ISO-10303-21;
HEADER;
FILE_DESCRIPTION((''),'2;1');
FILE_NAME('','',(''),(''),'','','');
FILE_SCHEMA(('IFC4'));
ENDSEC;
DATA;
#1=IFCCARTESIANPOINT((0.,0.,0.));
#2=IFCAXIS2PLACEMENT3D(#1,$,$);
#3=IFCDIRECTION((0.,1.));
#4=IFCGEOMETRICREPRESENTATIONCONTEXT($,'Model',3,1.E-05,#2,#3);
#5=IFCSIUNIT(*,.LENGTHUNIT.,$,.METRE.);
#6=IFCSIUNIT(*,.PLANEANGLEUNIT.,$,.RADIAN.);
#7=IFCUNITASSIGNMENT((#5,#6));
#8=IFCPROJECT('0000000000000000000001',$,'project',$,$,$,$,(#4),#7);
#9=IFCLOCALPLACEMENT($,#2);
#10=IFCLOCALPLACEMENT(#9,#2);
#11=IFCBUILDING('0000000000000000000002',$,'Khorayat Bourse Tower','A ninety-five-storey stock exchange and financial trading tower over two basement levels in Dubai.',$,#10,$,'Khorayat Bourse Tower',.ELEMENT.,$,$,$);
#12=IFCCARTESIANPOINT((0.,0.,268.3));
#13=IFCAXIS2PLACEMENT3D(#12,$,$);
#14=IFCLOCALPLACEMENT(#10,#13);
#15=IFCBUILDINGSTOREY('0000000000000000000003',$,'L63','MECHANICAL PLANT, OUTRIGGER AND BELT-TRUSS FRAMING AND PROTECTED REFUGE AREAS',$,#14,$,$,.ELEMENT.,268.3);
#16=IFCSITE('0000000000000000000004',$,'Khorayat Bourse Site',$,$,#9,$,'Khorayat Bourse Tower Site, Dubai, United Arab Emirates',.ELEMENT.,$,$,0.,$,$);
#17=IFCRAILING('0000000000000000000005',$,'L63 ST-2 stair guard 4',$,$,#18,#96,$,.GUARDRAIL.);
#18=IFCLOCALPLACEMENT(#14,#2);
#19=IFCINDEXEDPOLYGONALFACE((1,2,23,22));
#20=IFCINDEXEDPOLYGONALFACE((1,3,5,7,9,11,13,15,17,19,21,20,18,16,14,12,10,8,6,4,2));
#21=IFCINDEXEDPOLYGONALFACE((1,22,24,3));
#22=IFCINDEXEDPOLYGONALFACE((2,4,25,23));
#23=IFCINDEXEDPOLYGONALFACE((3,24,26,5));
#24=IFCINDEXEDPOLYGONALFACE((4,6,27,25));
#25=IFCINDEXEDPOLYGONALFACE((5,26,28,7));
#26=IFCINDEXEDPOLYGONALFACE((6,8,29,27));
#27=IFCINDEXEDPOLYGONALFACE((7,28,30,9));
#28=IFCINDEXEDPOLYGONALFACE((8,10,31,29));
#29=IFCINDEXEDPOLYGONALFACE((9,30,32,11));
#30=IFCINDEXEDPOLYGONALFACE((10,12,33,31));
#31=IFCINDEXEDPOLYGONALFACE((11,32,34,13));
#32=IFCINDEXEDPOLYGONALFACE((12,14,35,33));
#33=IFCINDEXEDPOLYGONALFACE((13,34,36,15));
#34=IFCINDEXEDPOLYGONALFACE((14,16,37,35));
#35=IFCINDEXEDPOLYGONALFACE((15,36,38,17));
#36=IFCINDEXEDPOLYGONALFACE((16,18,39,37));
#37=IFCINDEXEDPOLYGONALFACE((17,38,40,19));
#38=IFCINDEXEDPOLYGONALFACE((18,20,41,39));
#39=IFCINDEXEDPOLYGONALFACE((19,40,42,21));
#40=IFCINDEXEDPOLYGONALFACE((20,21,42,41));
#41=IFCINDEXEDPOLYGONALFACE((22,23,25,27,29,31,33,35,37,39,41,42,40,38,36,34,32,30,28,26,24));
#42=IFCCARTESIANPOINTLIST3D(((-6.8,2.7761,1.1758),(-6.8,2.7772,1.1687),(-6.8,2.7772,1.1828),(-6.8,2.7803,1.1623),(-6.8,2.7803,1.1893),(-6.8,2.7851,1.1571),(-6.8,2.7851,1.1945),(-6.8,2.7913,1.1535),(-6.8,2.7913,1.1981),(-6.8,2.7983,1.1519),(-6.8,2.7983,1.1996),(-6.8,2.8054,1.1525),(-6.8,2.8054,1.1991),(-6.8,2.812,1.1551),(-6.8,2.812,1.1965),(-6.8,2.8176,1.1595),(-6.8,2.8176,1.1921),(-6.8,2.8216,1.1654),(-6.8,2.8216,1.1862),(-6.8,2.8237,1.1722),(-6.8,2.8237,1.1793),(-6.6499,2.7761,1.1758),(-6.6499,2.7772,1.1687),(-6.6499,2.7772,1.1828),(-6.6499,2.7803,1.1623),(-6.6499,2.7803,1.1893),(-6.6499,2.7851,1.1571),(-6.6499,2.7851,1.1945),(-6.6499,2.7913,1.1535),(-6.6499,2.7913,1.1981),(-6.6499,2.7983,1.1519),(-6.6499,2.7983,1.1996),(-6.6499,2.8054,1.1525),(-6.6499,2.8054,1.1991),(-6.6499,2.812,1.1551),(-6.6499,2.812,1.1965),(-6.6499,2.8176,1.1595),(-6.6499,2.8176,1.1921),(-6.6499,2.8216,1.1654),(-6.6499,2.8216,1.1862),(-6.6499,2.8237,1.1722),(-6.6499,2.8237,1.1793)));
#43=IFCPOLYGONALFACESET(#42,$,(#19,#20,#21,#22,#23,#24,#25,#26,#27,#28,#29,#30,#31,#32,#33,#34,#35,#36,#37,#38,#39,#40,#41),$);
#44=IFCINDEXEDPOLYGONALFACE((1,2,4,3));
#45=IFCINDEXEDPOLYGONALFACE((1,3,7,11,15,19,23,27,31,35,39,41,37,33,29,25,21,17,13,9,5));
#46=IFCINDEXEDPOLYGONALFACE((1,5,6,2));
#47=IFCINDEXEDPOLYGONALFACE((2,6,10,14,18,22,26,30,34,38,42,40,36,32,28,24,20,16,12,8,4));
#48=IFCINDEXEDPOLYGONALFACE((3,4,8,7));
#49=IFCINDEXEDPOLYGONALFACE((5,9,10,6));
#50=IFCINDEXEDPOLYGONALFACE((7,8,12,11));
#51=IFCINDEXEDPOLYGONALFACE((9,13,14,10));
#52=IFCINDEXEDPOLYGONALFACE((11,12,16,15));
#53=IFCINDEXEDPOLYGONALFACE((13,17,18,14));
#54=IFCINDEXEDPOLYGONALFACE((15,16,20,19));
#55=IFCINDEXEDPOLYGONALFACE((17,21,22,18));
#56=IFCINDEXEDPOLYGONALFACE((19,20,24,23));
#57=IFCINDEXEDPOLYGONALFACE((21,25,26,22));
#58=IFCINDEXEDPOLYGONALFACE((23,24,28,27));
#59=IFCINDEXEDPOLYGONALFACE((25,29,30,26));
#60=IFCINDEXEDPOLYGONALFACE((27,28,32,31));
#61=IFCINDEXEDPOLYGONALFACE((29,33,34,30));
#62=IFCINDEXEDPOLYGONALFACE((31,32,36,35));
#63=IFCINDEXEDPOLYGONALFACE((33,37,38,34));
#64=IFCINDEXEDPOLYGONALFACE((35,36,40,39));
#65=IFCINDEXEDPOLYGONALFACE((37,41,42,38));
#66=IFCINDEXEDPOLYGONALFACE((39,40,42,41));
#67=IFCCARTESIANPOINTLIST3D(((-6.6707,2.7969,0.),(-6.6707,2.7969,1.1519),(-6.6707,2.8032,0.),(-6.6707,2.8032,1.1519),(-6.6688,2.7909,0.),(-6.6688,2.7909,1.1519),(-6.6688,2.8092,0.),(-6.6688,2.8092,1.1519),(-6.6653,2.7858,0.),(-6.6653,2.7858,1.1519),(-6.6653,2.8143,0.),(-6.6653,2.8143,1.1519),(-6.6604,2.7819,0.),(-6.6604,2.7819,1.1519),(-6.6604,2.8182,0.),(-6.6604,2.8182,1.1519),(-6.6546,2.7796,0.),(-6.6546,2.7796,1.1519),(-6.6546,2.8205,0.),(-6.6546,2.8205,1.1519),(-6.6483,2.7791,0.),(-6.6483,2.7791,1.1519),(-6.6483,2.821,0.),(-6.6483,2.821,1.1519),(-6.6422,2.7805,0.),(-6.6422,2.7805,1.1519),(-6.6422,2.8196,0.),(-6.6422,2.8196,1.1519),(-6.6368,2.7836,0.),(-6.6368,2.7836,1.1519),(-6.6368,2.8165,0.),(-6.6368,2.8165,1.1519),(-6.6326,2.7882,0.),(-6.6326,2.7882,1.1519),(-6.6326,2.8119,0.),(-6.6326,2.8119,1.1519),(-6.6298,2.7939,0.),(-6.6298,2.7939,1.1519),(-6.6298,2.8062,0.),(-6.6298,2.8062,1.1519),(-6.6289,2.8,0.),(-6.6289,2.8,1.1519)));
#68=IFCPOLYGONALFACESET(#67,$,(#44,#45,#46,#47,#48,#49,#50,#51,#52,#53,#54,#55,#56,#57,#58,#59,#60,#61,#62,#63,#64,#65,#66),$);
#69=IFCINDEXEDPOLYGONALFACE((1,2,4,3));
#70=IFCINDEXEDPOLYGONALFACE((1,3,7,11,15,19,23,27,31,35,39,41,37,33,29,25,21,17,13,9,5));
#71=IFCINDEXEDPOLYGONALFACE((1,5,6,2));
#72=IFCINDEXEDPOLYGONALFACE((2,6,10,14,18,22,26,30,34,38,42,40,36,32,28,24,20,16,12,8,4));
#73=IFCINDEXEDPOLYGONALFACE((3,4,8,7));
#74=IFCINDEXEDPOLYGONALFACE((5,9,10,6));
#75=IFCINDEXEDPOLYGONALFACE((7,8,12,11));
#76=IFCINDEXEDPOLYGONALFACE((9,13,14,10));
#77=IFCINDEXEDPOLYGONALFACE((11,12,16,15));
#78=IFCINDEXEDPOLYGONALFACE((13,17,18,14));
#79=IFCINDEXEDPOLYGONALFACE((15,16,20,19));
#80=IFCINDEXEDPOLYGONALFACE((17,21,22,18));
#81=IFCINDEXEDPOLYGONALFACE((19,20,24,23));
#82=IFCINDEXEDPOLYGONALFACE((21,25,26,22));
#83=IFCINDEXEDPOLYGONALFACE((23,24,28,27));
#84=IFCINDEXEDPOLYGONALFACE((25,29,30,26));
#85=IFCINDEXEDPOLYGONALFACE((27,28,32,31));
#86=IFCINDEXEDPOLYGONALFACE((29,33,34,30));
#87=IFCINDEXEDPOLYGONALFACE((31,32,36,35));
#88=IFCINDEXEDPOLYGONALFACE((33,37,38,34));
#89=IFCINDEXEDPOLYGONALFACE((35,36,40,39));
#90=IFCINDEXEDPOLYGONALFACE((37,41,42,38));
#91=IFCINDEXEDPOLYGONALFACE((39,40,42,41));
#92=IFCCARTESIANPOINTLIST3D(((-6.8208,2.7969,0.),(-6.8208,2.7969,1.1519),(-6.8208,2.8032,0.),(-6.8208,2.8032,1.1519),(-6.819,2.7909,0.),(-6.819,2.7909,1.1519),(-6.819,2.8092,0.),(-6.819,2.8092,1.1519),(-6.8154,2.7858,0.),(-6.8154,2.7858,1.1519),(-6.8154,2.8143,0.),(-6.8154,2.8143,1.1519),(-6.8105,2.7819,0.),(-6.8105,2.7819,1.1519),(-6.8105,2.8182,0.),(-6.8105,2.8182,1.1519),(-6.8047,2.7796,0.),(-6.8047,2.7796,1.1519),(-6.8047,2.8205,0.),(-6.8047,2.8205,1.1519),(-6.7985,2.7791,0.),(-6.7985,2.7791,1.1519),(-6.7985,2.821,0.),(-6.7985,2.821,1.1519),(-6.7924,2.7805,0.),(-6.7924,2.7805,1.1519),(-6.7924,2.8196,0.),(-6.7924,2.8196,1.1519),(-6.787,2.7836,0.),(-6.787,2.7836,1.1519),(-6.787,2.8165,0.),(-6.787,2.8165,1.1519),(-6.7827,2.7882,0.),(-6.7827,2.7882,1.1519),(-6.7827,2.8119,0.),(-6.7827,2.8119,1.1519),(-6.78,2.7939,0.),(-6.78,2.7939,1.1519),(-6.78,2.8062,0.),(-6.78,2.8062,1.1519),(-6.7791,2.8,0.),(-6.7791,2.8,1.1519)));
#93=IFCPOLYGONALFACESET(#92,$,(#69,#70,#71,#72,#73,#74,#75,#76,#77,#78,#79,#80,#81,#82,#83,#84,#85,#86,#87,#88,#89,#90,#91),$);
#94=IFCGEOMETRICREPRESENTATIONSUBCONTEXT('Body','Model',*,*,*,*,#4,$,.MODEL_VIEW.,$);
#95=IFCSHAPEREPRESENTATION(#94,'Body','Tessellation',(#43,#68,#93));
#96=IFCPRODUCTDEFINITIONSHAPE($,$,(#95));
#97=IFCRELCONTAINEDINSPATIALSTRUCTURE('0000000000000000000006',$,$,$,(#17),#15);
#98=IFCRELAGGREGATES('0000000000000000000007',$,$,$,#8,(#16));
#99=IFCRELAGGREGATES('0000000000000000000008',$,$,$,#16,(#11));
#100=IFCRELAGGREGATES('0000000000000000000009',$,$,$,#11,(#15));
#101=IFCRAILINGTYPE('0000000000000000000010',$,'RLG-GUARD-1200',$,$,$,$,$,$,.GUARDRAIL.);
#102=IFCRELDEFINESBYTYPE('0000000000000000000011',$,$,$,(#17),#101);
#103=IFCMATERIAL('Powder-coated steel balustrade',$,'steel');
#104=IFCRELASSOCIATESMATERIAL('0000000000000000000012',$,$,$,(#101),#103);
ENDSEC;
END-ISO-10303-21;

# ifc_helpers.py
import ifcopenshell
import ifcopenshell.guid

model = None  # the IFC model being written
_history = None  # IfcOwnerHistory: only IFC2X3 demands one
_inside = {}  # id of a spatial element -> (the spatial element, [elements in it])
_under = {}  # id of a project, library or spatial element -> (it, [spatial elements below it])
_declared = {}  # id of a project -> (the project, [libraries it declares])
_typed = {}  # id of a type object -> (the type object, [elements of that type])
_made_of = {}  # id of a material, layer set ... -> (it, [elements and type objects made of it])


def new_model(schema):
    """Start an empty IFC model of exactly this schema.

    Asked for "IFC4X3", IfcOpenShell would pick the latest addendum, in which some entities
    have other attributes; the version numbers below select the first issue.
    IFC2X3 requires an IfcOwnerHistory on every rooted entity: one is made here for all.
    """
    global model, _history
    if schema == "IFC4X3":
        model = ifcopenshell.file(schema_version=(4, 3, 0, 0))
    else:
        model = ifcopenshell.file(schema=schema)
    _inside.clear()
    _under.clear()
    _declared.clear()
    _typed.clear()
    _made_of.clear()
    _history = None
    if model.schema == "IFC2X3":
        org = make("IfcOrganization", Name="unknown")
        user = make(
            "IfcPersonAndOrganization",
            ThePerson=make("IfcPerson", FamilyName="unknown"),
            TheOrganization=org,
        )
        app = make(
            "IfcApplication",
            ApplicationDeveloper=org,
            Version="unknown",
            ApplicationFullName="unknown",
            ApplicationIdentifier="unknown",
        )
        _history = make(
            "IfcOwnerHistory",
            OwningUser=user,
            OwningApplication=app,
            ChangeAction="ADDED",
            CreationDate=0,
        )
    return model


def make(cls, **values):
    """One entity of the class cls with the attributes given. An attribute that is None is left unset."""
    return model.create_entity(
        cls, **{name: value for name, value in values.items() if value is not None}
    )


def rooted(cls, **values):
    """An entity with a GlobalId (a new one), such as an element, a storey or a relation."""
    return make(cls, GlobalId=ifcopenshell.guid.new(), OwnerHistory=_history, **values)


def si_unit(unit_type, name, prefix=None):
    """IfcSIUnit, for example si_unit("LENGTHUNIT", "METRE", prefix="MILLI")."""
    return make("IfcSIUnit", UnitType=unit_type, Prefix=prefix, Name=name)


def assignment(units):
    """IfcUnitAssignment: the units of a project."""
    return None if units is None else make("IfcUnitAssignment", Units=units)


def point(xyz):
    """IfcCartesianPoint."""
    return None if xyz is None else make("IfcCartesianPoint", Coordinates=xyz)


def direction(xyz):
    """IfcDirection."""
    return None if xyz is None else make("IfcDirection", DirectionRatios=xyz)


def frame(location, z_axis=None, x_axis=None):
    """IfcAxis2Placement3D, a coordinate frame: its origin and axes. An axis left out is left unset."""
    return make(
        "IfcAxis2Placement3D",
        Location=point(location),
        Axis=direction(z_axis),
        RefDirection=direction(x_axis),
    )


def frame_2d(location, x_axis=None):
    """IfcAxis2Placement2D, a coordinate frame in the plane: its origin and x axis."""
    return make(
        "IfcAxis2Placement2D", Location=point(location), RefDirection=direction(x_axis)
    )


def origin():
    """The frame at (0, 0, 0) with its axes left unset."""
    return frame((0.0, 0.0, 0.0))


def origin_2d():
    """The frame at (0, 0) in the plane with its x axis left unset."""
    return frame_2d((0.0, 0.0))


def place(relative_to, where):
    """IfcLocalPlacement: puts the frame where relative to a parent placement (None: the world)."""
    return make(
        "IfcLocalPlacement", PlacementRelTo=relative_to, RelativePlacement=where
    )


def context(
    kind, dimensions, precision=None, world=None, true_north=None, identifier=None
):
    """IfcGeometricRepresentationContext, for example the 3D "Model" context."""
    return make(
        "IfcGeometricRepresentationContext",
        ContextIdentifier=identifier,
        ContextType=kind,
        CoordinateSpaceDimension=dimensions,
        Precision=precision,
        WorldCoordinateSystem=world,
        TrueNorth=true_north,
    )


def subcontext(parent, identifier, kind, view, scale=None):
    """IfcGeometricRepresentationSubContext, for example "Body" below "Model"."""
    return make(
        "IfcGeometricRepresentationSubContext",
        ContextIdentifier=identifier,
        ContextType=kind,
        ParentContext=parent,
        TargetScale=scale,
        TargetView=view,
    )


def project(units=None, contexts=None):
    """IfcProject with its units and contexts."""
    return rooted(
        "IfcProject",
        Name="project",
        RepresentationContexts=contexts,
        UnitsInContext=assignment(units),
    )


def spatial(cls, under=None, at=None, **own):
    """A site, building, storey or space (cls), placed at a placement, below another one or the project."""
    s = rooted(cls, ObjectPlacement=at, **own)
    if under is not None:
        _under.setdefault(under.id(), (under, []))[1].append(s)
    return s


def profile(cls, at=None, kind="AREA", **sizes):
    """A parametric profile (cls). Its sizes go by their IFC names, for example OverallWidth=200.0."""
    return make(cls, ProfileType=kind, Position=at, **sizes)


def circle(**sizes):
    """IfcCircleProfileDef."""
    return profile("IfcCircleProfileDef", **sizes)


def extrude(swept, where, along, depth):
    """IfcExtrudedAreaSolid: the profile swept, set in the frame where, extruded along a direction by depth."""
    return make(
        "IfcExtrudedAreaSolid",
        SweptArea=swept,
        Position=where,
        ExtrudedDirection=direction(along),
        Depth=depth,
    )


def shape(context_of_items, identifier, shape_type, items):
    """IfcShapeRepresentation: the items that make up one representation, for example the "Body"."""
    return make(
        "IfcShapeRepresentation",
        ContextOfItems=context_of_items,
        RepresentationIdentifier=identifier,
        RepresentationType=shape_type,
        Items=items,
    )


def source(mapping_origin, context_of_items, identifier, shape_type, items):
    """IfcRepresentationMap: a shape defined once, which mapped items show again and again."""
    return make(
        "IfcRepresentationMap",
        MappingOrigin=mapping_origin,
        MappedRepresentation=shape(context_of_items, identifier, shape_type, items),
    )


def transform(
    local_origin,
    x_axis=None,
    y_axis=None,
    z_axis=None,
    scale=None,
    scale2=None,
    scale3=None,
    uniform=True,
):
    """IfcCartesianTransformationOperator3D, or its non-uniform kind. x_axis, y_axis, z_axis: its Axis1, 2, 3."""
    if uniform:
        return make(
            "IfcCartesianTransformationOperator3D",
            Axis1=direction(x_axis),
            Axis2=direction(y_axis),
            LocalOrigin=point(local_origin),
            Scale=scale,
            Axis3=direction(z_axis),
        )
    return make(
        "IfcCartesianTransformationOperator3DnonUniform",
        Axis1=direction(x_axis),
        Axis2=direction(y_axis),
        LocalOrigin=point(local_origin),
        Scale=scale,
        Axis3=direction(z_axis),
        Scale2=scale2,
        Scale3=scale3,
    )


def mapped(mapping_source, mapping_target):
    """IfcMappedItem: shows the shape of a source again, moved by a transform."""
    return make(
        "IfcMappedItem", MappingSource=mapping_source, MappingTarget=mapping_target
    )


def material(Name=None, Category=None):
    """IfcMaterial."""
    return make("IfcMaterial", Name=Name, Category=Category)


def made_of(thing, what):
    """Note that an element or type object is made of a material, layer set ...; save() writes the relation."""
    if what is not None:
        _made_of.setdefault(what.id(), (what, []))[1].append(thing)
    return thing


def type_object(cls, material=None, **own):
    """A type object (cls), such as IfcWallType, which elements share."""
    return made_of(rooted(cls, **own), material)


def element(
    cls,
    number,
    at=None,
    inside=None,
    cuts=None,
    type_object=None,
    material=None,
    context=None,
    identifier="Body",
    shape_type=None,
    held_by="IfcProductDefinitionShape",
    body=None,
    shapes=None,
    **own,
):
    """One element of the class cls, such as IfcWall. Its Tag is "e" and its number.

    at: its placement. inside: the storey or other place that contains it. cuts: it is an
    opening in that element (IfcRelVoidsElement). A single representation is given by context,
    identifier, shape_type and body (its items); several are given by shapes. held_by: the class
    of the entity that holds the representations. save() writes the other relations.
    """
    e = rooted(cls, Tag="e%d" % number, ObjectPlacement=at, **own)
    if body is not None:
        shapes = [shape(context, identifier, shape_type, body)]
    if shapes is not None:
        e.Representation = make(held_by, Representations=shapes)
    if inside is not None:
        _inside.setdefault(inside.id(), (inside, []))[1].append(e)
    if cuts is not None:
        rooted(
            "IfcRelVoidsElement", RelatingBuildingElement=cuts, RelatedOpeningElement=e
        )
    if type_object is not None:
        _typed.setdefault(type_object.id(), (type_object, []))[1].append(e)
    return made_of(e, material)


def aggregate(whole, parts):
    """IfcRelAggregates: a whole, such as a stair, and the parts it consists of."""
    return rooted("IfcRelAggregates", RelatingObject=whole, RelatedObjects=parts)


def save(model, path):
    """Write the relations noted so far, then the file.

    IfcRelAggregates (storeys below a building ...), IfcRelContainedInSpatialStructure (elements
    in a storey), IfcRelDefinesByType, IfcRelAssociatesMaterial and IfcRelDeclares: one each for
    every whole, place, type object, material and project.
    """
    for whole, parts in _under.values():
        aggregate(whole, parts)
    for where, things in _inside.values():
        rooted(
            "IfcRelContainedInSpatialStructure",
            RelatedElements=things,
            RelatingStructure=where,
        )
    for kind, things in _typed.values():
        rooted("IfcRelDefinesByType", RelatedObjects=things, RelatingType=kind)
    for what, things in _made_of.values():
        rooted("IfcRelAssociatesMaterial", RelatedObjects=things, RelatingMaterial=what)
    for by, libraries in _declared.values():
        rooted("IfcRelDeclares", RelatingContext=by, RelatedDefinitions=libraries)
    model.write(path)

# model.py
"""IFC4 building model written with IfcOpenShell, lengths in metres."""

from ifc_helpers import new_model, si_unit, direction, frame, origin, origin_2d, place, context, subcontext, project, spatial, circle, extrude, source, transform, mapped, material, type_object, element, save


model = new_model("IFC4")

# Units and contexts
model_context = context("Model", 3, precision=1e-05, world=origin(), true_north=direction((0.0, 1.0)))
body_context = subcontext(model_context, "Body", "Model", "MODEL_VIEW")
ifc_project = project(units=[si_unit("LENGTHUNIT", "METRE"), si_unit("PLANEANGLEUNIT", "RADIAN")], contexts=[model_context])

# Site, building, storey
site_placement = place(None, origin())
site = spatial("IfcSite", under=ifc_project, at=site_placement, Name="Khorayat Bourse Site", LongName="Khorayat Bourse Tower Site, Dubai, United Arab Emirates", CompositionType="ELEMENT", RefElevation=0.0)
building_placement = place(site_placement, origin())
building = spatial("IfcBuilding", under=site, at=building_placement, Name="Khorayat Bourse Tower", Description="A ninety-five-storey stock exchange and financial trading tower over two basement levels in Dubai.", LongName="Khorayat Bourse Tower", CompositionType="ELEMENT")
storey_placement = place(building_placement, frame((0.0, 0.0, 268.3)))
storey = spatial("IfcBuildingStorey", under=building, at=storey_placement, Name="L63", Description="MECHANICAL PLANT, OUTRIGGER AND BELT-TRUSS FRAMING AND PROTECTED REFUGE AREAS", CompositionType="ELEMENT", Elevation=268.3)

# Railing
ifc_material_1 = material(Name="Powder-coated steel balustrade", Category="steel")
railing_type_1 = type_object("IfcRailingType", Name="RLG-GUARD-1200", PredefinedType="GUARDRAIL", material=ifc_material_1)
shared_shape_1 = source(origin(), body_context, "Body", "SweptSolid", [
    extrude(circle(Radius=0.0239, at=origin_2d()), frame((0.0, 0.0, 1.1758), z_axis=(-1.0, 0.0, 0.0), x_axis=(0.0, -1.0, 0.0)), (0.0, 0.0, 1.0), 0.1501),
    extrude(circle(Radius=0.021, at=origin_2d()), origin(), (0.0, 0.0, 1.0), 1.1519),
    extrude(circle(Radius=0.021, at=origin_2d()), frame((-0.1501, 0.0, 0.0)), (0.0, 0.0, 1.0), 1.1519),
])
for number, where, name in (
    (1, (-6.6499, 2.8, 0.0), "L63 ST-2 stair guard 4"),
):
    element("IfcRailing", number, at=place(storey_placement, frame(where)), inside=storey, type_object=railing_type_1, Name=name, PredefinedType="GUARDRAIL", context=body_context, shape_type="MappedRepresentation", body=[
        mapped(shared_shape_1, transform((0.0, 0.0, 0.0), scale=1.0)),
    ])

save(model, "model.ifc")
